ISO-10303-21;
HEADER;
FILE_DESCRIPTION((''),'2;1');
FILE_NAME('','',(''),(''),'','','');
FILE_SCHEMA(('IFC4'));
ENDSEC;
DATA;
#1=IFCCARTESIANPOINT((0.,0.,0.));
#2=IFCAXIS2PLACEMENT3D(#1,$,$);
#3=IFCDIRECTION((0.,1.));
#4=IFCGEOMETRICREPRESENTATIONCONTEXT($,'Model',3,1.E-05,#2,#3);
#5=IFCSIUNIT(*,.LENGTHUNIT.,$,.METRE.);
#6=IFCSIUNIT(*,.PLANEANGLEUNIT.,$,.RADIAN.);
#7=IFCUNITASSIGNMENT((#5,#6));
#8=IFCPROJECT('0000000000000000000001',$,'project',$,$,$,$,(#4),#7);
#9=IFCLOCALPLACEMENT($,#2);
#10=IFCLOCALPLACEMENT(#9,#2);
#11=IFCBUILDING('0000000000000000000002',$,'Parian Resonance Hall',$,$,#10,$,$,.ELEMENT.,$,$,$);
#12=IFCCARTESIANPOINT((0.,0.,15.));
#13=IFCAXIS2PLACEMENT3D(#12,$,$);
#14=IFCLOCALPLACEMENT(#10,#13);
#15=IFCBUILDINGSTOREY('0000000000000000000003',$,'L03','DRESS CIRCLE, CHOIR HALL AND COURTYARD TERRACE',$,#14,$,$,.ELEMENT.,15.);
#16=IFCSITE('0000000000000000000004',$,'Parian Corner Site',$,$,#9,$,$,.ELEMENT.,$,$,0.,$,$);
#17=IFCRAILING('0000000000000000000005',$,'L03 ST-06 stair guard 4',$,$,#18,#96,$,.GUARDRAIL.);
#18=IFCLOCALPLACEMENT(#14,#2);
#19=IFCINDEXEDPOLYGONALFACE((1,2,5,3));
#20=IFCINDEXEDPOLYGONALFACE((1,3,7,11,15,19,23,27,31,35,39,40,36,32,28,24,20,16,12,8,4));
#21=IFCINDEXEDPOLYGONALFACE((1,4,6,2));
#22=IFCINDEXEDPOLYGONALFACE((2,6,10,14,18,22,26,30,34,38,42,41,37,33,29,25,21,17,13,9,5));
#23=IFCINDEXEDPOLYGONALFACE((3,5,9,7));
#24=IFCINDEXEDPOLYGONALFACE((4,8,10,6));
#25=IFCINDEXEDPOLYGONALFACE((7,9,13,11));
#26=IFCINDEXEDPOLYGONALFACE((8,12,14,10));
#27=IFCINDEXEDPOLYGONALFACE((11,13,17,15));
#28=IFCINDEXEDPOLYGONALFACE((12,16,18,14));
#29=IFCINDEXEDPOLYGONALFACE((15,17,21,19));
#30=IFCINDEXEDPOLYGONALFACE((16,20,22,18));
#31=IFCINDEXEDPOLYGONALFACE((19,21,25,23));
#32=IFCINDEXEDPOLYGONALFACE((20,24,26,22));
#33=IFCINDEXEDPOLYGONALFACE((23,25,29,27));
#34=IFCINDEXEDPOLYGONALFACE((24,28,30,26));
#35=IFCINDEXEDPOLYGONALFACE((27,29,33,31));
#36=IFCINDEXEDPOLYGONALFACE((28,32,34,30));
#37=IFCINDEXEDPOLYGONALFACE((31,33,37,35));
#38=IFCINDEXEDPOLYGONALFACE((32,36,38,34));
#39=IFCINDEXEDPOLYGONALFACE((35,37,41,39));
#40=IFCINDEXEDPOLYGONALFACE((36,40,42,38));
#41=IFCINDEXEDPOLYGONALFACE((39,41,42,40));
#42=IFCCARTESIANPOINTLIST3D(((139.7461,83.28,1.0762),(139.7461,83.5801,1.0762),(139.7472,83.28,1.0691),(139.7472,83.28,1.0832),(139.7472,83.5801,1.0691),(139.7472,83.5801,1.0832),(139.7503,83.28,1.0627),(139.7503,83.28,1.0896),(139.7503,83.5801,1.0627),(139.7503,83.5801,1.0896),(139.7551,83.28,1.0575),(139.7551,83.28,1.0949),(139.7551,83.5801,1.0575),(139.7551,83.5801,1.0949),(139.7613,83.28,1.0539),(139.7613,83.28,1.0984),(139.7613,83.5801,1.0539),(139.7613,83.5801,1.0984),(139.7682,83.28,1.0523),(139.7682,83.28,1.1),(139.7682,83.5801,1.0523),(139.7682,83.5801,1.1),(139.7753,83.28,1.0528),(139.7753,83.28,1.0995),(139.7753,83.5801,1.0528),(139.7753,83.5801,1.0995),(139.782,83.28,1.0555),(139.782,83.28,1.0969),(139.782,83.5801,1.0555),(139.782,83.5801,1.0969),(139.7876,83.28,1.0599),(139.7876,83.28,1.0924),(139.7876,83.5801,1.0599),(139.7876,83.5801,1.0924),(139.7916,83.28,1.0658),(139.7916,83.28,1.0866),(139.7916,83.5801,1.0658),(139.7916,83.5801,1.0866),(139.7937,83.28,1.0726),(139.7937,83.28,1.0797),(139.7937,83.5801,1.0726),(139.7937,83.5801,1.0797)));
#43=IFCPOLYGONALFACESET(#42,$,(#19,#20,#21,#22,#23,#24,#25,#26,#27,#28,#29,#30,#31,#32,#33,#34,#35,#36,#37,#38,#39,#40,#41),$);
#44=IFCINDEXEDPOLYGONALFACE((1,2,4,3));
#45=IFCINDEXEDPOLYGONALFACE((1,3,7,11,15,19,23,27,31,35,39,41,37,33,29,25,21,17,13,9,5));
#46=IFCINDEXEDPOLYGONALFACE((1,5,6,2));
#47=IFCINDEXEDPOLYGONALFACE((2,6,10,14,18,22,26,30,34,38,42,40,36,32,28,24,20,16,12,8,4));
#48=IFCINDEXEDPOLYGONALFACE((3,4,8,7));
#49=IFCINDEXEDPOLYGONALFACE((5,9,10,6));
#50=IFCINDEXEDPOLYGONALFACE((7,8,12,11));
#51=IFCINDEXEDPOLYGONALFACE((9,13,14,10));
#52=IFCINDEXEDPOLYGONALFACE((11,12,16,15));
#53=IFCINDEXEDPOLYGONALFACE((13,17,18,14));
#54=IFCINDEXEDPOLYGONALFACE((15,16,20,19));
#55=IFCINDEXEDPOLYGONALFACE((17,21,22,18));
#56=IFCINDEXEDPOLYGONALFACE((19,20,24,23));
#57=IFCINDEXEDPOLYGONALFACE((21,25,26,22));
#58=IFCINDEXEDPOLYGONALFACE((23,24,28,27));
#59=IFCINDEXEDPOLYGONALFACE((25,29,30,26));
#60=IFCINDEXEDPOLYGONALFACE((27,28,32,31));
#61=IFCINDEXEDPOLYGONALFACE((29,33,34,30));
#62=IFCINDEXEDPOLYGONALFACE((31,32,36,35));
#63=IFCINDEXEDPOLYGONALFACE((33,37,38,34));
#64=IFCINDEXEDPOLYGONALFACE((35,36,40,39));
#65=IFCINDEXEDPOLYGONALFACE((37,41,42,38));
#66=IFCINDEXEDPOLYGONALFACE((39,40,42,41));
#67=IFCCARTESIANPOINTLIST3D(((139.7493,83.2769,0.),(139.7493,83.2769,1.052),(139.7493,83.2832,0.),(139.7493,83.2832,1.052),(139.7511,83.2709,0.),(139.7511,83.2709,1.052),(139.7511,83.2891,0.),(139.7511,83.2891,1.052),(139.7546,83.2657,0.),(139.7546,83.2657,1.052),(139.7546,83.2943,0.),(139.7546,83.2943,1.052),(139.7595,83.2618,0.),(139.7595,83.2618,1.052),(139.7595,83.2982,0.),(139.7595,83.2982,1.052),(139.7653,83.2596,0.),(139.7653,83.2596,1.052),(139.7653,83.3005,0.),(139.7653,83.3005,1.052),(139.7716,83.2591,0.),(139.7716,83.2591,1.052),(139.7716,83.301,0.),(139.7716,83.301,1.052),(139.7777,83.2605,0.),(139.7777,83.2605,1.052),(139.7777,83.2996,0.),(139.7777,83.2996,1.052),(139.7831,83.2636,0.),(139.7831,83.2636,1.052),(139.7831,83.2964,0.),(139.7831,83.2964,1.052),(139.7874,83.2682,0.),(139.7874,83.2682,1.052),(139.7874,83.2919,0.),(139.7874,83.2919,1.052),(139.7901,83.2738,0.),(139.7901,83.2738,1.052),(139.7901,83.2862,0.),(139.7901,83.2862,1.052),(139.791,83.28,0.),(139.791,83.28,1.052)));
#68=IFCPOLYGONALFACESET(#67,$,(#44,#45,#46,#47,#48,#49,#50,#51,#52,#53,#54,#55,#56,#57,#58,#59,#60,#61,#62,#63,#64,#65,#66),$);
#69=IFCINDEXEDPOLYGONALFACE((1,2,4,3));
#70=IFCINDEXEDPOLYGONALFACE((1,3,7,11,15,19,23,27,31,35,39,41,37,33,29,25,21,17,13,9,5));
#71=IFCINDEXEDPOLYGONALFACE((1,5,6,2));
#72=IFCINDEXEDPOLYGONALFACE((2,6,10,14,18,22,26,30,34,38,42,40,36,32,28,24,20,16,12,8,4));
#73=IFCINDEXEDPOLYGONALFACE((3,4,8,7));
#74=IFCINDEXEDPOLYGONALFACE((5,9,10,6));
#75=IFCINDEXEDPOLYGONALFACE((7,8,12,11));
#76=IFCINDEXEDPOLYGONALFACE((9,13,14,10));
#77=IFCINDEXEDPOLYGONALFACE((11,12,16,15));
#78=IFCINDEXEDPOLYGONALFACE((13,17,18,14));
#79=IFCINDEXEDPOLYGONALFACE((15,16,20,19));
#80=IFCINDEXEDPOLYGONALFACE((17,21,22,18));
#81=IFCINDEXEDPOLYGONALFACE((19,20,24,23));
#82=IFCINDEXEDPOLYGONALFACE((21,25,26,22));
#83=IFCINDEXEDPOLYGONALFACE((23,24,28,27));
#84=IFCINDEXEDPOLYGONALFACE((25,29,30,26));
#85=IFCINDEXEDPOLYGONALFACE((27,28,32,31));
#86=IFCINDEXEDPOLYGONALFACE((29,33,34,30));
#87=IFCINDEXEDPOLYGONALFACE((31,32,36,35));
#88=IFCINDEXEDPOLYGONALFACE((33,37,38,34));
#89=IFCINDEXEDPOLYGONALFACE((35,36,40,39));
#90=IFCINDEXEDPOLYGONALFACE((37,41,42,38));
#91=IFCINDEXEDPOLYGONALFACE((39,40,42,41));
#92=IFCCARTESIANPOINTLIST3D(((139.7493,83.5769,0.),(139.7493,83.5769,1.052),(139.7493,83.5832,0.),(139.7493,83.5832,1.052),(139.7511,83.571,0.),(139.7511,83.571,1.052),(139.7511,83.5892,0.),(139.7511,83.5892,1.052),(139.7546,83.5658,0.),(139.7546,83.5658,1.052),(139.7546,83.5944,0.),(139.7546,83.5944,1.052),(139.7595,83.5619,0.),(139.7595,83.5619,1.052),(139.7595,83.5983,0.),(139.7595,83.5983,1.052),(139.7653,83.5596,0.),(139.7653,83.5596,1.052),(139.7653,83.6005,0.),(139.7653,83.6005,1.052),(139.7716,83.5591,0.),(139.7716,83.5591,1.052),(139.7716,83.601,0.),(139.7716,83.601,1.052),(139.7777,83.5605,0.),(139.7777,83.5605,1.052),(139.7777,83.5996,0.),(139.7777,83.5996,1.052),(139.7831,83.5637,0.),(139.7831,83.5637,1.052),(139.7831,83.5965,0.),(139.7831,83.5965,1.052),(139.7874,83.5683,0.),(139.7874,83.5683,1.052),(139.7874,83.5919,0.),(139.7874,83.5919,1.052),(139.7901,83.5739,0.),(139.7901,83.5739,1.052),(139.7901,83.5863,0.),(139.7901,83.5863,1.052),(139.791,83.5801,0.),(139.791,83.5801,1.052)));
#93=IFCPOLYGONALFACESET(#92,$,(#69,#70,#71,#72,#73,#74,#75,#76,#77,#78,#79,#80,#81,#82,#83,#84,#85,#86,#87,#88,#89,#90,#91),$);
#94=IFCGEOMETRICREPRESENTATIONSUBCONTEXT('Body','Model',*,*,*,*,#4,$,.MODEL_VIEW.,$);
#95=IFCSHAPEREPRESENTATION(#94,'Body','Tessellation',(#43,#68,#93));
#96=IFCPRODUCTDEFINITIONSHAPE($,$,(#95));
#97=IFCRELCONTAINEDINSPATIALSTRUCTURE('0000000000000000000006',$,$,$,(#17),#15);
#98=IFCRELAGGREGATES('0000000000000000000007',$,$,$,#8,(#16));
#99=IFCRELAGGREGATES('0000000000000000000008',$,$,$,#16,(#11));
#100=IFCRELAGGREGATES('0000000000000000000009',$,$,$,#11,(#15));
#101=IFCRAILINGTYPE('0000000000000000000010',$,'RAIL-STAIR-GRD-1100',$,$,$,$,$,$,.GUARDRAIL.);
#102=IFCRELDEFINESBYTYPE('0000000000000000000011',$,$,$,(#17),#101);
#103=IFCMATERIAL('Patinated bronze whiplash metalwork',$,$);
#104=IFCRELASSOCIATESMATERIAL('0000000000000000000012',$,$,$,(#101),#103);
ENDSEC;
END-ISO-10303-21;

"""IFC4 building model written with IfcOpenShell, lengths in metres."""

from ifc_helpers import new_model, si_unit, direction, frame, origin, origin_2d, place, context, subcontext, project, spatial, circle, extrude, material, type_object, element, save


model = new_model("IFC4")

# Units and contexts
model_context = context("Model", 3, precision=1e-05, world=origin(), true_north=direction((0.0, 1.0)))
body_context = subcontext(model_context, "Body", "Model", "MODEL_VIEW")
ifc_project = project(units=[si_unit("LENGTHUNIT", "METRE"), si_unit("PLANEANGLEUNIT", "RADIAN")], contexts=[model_context])

# Site, building, storey
site_placement = place(None, origin())
site = spatial("IfcSite", under=ifc_project, at=site_placement, Name="Parian Corner Site", CompositionType="ELEMENT", RefElevation=0.0)
building_placement = place(site_placement, origin())
building = spatial("IfcBuilding", under=site, at=building_placement, Name="Parian Resonance Hall", CompositionType="ELEMENT")
storey_placement = place(building_placement, frame((0.0, 0.0, 15.0)))
storey = spatial("IfcBuildingStorey", under=building, at=storey_placement, Name="L03", Description="DRESS CIRCLE, CHOIR HALL AND COURTYARD TERRACE", CompositionType="ELEMENT", Elevation=15.0)

# Railing
ifc_material_1 = material(Name="Patinated bronze whiplash metalwork")
railing_type_1 = type_object("IfcRailingType", Name="RAIL-STAIR-GRD-1100", PredefinedType="GUARDRAIL", material=ifc_material_1)
railing_1_placement = place(storey_placement, frame((139.77, 83.28, 0.0)))
element("IfcRailing", 1, at=railing_1_placement, inside=storey, type_object=railing_type_1, Name="L03 ST-06 stair guard 4", PredefinedType="GUARDRAIL", context=body_context, shape_type="SweptSolid", body=[
    extrude(circle(Radius=0.0239, at=origin_2d()), frame((0.0, 0.0, 1.0762), z_axis=(0.0, 1.0, 0.0), x_axis=(-1.0, 0.0, 0.0)), (0.0, 0.0, 1.0), 0.3),
    extrude(circle(Radius=0.021, at=origin_2d()), origin(), (0.0, 0.0, 1.0), 1.052),
    extrude(circle(Radius=0.021, at=origin_2d()), frame((0.0, 0.3, 0.0)), (0.0, 0.0, 1.0), 1.052),
])

save(model, "model.ifc")
